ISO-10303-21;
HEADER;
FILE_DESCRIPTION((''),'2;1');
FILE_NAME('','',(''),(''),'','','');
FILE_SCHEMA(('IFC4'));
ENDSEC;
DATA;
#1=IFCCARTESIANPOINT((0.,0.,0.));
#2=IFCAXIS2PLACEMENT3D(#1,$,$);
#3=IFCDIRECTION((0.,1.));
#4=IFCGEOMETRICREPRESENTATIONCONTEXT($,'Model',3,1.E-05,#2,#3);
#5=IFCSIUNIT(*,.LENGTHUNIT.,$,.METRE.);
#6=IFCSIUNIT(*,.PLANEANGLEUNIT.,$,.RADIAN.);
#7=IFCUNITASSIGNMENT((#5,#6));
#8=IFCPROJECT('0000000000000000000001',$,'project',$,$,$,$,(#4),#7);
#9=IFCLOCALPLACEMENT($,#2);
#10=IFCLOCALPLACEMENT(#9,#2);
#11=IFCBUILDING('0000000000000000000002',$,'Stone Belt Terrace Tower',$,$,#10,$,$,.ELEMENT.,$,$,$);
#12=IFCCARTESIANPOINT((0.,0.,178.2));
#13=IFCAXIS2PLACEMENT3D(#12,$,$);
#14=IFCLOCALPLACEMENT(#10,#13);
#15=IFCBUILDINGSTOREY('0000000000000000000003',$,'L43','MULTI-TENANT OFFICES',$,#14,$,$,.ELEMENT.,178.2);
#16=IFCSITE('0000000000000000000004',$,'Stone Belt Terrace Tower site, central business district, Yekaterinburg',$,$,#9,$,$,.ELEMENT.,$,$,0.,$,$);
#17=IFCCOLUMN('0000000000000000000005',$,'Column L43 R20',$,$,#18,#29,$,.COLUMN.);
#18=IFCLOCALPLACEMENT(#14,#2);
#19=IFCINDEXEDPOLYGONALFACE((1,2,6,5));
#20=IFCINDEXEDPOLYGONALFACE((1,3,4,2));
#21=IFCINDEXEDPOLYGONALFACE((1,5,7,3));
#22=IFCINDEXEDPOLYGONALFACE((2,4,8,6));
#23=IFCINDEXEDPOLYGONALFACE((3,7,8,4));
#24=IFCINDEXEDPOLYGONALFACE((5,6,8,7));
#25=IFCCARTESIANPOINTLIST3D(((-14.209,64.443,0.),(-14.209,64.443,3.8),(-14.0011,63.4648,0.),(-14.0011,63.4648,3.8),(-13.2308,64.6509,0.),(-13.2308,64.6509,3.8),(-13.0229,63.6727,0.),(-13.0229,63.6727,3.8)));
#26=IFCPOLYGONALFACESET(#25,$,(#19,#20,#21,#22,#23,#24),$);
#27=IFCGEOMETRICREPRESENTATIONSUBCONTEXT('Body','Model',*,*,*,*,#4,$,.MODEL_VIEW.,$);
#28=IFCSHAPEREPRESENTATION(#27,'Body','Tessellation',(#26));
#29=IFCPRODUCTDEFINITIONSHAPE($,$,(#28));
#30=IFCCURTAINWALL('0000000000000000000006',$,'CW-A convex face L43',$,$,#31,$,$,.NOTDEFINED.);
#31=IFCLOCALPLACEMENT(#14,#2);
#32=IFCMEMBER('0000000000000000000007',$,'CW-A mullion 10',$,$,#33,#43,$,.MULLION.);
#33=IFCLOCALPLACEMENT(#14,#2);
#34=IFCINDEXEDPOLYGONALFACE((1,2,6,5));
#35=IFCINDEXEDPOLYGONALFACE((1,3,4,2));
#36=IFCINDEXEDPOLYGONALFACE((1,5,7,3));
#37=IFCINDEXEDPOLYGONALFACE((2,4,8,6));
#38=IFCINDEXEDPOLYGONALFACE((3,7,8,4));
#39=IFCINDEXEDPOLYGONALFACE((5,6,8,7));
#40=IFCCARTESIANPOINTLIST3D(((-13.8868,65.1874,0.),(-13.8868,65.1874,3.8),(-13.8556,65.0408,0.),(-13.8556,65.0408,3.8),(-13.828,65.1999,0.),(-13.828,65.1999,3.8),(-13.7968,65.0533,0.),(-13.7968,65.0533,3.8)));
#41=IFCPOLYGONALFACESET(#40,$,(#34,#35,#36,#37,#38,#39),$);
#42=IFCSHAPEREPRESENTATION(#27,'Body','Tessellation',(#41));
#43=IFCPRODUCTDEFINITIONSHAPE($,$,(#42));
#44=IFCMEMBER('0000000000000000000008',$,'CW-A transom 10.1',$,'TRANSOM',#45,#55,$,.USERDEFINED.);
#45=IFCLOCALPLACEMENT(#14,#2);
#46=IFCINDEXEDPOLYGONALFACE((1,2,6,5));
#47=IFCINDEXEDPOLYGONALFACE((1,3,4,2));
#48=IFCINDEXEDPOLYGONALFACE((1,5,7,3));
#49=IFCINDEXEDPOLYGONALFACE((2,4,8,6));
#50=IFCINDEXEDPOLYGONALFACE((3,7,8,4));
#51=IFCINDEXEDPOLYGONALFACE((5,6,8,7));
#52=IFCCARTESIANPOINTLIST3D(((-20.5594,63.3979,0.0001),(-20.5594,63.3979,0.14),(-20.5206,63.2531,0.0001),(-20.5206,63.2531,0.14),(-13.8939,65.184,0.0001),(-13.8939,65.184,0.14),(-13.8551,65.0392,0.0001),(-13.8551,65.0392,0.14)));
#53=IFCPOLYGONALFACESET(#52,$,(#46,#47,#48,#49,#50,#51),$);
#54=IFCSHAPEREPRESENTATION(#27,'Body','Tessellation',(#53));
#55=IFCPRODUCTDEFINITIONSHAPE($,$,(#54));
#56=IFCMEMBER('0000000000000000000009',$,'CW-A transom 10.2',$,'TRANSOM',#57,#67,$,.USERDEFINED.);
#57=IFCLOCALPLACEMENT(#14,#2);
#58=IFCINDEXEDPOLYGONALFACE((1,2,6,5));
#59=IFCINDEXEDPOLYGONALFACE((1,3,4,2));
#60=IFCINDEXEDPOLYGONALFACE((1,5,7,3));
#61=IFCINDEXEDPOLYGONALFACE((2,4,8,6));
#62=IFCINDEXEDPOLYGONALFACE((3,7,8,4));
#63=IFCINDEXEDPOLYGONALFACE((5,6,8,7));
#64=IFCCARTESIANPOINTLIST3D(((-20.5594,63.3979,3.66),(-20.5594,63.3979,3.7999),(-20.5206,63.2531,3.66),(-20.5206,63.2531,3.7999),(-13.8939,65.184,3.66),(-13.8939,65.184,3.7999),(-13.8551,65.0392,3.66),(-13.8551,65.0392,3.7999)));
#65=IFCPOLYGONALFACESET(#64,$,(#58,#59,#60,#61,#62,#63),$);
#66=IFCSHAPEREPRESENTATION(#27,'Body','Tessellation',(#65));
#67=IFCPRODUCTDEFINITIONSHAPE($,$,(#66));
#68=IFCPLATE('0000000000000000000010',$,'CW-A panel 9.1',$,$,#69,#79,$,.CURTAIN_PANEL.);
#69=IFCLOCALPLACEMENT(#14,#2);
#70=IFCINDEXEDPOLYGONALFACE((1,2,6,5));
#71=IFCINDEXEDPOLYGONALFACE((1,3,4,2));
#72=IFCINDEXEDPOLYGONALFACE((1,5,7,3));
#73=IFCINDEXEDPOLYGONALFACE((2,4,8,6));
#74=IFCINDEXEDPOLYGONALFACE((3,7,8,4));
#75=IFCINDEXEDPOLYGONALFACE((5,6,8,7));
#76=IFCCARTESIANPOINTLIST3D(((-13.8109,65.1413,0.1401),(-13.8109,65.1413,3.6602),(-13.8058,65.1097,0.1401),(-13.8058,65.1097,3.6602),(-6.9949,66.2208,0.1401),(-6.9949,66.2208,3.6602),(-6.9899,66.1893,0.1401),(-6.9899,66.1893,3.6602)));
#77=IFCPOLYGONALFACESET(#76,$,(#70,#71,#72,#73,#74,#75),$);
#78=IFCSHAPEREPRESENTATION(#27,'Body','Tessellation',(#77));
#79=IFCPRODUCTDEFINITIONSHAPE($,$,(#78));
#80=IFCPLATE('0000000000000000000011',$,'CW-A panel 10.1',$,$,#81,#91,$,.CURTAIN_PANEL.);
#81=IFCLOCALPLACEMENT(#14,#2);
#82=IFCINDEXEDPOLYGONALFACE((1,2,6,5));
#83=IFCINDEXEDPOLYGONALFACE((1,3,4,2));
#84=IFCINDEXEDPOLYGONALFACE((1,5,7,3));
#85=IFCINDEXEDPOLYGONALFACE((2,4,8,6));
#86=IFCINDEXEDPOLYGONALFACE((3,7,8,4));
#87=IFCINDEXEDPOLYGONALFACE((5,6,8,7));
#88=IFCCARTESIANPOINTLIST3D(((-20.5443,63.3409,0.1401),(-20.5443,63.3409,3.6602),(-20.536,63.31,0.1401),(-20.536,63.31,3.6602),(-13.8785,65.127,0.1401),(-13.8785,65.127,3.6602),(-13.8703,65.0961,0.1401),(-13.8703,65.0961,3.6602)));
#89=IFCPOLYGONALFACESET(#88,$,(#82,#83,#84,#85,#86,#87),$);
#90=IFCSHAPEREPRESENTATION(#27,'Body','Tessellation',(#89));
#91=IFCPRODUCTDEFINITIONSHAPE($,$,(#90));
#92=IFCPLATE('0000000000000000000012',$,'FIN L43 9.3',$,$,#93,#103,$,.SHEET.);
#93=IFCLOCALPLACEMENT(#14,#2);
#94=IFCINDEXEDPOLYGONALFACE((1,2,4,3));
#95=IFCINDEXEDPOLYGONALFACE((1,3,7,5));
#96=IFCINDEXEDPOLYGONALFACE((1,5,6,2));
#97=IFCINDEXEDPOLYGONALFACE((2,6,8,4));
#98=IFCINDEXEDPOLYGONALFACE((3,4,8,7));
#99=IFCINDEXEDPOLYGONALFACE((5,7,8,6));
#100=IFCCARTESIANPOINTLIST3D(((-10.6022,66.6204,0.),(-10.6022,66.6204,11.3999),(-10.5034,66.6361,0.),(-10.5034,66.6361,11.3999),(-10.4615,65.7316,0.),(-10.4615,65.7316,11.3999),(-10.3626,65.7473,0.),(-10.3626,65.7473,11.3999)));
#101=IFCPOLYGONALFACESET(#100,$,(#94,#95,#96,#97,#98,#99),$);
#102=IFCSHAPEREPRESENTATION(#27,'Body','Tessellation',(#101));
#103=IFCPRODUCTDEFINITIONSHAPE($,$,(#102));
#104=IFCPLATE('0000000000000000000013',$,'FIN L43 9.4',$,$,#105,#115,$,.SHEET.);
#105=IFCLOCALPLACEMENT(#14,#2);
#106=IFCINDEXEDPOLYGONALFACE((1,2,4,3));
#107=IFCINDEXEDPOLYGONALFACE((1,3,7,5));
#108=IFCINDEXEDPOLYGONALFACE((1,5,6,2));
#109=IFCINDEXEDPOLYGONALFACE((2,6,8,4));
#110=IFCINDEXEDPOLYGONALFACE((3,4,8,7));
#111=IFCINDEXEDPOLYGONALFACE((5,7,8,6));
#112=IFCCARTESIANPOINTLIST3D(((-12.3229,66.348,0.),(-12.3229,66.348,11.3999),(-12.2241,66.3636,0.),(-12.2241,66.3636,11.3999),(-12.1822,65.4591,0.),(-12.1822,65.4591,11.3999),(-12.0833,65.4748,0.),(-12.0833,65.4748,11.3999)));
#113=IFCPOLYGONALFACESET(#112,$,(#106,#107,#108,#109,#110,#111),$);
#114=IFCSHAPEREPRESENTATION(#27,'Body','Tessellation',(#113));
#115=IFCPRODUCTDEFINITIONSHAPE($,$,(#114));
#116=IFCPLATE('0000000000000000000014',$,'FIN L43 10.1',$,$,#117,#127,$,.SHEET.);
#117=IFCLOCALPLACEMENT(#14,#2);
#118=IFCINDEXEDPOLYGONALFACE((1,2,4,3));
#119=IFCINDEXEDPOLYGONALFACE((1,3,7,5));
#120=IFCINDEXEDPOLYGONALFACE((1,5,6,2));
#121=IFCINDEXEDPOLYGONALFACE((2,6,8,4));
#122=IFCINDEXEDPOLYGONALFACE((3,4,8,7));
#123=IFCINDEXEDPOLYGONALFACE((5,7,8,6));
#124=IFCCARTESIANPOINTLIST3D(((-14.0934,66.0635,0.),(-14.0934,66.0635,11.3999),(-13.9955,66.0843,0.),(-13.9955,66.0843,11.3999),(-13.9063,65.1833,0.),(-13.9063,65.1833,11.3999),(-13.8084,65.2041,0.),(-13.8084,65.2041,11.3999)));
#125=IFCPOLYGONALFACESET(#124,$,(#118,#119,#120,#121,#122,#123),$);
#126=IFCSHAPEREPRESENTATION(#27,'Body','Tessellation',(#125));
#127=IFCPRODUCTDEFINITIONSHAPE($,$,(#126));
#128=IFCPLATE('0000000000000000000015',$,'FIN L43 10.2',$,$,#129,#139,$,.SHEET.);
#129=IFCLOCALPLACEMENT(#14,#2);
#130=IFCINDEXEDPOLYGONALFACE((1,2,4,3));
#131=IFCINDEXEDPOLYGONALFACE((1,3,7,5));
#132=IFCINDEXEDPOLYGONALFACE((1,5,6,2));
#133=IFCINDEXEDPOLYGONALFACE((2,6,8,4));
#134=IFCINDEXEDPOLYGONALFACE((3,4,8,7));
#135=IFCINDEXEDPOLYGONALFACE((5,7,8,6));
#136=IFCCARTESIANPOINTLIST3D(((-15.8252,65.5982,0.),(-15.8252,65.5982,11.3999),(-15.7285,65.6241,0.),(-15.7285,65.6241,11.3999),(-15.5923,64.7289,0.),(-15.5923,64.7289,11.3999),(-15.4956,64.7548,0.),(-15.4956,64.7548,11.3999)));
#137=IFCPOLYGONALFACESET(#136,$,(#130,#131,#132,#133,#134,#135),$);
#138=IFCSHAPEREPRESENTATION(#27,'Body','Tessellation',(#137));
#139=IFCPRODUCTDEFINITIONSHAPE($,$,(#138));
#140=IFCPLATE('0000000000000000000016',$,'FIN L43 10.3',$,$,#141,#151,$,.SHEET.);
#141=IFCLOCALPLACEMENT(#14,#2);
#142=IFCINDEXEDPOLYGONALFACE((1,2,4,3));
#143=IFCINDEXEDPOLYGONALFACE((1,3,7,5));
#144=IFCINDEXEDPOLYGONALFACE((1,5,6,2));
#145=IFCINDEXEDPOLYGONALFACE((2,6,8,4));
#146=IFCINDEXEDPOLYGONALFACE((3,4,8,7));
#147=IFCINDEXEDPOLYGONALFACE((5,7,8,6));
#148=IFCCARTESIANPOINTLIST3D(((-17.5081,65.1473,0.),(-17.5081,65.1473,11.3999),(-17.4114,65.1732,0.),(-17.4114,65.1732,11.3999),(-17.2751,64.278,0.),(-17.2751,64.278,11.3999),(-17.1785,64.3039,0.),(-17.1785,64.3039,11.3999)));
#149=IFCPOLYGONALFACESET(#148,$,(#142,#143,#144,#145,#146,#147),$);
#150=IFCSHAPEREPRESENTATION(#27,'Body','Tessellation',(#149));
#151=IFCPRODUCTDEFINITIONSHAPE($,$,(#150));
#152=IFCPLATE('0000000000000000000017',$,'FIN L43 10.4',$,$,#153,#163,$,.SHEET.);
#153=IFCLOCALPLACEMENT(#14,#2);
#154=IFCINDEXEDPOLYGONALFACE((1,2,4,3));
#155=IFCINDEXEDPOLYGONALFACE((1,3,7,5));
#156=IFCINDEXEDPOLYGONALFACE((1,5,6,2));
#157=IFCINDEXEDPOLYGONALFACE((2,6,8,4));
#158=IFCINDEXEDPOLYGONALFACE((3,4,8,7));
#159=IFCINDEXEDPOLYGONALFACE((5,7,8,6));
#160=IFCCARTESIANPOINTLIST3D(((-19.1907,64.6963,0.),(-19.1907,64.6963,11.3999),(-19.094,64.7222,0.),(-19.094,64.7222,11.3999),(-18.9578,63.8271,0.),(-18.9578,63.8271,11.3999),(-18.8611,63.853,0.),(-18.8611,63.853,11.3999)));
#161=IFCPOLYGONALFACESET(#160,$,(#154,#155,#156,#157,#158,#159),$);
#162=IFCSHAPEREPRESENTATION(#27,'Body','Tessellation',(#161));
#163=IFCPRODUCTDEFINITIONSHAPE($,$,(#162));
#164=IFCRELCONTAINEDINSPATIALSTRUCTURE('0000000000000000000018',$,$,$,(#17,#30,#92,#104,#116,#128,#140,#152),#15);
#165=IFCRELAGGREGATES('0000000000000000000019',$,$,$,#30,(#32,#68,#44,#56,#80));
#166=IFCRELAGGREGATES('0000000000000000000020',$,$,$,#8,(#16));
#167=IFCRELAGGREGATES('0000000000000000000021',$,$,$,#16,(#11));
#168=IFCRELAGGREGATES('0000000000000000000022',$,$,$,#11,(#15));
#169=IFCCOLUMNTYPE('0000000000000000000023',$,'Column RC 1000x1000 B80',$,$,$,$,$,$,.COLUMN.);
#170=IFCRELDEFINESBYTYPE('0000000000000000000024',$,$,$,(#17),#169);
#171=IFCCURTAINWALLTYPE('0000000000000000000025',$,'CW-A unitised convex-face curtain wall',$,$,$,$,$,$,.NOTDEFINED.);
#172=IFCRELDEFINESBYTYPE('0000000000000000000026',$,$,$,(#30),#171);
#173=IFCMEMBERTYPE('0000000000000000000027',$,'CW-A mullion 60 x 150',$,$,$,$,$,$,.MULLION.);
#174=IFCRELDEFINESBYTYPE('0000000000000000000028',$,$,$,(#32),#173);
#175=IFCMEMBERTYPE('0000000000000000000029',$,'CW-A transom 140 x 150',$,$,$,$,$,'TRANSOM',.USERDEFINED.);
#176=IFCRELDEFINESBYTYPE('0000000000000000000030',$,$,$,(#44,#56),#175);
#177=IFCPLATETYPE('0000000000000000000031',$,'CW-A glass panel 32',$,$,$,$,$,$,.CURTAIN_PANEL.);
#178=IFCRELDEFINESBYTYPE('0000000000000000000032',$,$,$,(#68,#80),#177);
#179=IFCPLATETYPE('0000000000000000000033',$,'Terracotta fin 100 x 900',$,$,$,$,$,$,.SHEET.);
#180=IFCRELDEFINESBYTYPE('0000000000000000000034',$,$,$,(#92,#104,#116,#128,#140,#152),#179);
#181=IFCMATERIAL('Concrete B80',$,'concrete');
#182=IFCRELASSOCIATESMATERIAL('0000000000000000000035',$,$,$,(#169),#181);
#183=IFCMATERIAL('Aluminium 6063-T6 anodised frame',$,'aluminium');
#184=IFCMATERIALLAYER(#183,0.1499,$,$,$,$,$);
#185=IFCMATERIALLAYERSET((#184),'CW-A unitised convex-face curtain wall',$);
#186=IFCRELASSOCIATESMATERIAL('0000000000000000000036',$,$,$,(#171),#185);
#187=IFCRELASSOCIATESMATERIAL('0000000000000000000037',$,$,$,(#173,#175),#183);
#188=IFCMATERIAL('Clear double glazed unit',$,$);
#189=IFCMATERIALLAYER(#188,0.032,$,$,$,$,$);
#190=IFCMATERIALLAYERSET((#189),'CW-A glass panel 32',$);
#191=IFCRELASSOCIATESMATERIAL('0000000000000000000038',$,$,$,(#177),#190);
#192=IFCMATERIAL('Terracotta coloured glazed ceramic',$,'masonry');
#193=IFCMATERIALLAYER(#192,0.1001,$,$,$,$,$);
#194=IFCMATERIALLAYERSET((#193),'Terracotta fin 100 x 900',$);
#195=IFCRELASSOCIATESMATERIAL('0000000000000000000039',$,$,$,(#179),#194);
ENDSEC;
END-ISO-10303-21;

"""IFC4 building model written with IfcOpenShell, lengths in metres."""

from ifc_helpers import new_model, si_unit, direction, frame, origin, origin_2d, place, context, subcontext, project, spatial, rectangle, extrude, material, layer, layer_set, material_profile, profile_set, type_object, element, aggregate, save


model = new_model("IFC4")

# Units and contexts
model_context = context("Model", 3, precision=1e-05, world=origin(), true_north=direction((0.0, 1.0)))
body_context = subcontext(model_context, "Body", "Model", "MODEL_VIEW")
ifc_project = project(units=[si_unit("LENGTHUNIT", "METRE"), si_unit("PLANEANGLEUNIT", "RADIAN")], contexts=[model_context])

# Site, building, storey
site_placement = place(None, origin())
site = spatial("IfcSite", under=ifc_project, at=site_placement, Name="Stone Belt Terrace Tower site, central business district, Yekaterinburg", CompositionType="ELEMENT", RefElevation=0.0)
building_placement = place(site_placement, origin())
building = spatial("IfcBuilding", under=site, at=building_placement, Name="Stone Belt Terrace Tower", CompositionType="ELEMENT")
storey_placement = place(building_placement, frame((0.0, 0.0, 178.2)))
storey = spatial("IfcBuildingStorey", under=building, at=storey_placement, Name="L43", Description="MULTI-TENANT OFFICES", CompositionType="ELEMENT", Elevation=178.2)

# Column
ifc_material_1 = material(Name="Concrete B80", Category="concrete")
ifc_material_profile_1 = material_profile(ifc_material_1, rectangle(XDim=1.0, YDim=1.0, at=origin_2d()), Name="RC 1000x1000")
ifc_profile_set_1 = profile_set([ifc_material_profile_1], Name="Concrete B80")
column_type = type_object("IfcColumnType", Name="Column RC 1000x1000 B80", PredefinedType="COLUMN", material=ifc_profile_set_1)
column_placement = place(storey_placement, frame((-13.616, 64.0579, 0.0), z_axis=(0.0, 0.0, 1.0), x_axis=(0.978148, 0.207912, 0.0)))
element("IfcColumn", 1, at=column_placement, inside=storey, type_object=column_type, Name="Column L43 R20", PredefinedType="COLUMN", context=body_context, shape_type="SweptSolid", body=[
    extrude(rectangle(XDim=1.0, YDim=1.0, at=origin_2d()), origin(), (0.0, 0.0, 1.0), 3.8),
])

# Curtain wall, members, plates
ifc_material_2 = material(Name="Aluminium 6063-T6 anodised frame", Category="aluminium")
ifc_layer_1 = layer(ifc_material_2, 0.1499)
ifc_layer_set_1 = layer_set([ifc_layer_1], Name="CW-A unitised convex-face curtain wall")
curtain_wall_type = type_object("IfcCurtainWallType", Name="CW-A unitised convex-face curtain wall", PredefinedType="NOTDEFINED", material=ifc_layer_set_1)
curtain_wall_placement = place(storey_placement, origin())
curtain_wall = element("IfcCurtainWall", 2, at=curtain_wall_placement, inside=storey, type_object=curtain_wall_type, Name="CW-A convex face L43", PredefinedType="NOTDEFINED")
ifc_material_profile_2 = material_profile(ifc_material_2, rectangle(XDim=0.1499, YDim=0.0601, at=origin_2d()), Name="Aluminium 6063-T6 60x150")
ifc_profile_set_2 = profile_set([ifc_material_profile_2], Name="Aluminium 6063-T6 anodised frame")
member_type_1 = type_object("IfcMemberType", Name="CW-A mullion 60 x 150", PredefinedType="MULLION", material=ifc_profile_set_2)
member_1_placement = place(storey_placement, frame((-13.8418, 65.1204, 0.0), z_axis=(0.0, 0.0, 1.0), x_axis=(0.207912, -0.978148, 0.0)))
member_1 = element("IfcMember", 3, at=member_1_placement, type_object=member_type_1, Name="CW-A mullion 10", PredefinedType="MULLION", context=body_context, shape_type="SweptSolid", body=[
    extrude(rectangle(XDim=0.1499, YDim=0.0601, at=origin_2d()), origin(), (0.0, 0.0, 1.0), 3.8),
])
ifc_material_profile_3 = material_profile(ifc_material_2, rectangle(XDim=0.1499, YDim=0.1399, at=origin_2d()), Name="Aluminium 6063-T6 150x140")
ifc_profile_set_3 = profile_set([ifc_material_profile_3], Name="Aluminium 6063-T6 anodised frame")
member_type_2 = type_object("IfcMemberType", Name="CW-A transom 140 x 150", ElementType="TRANSOM", PredefinedType="USERDEFINED", material=ifc_profile_set_3)
member_2_placement = place(storey_placement, frame((-13.8745, 65.1116, 0.0701), z_axis=(-0.965922, -0.258834, 0.0), x_axis=(0.258834, -0.965922, 0.0)))
member_2 = element("IfcMember", 4, at=member_2_placement, type_object=member_type_2, Name="CW-A transom 10.1", ObjectType="TRANSOM", PredefinedType="USERDEFINED", context=body_context, shape_type="SweptSolid", body=[
    extrude(rectangle(XDim=0.1499, YDim=0.1399, at=origin_2d()), origin(), (0.0, 0.0, 1.0), 6.9006),
])
member_3_placement = place(storey_placement, frame((-13.8745, 65.1116, 3.73), z_axis=(-0.965922, -0.258834, 0.0), x_axis=(0.258834, -0.965922, 0.0)))
member_3 = element("IfcMember", 5, at=member_3_placement, type_object=member_type_2, Name="CW-A transom 10.2", ObjectType="TRANSOM", PredefinedType="USERDEFINED", context=body_context, shape_type="SweptSolid", body=[
    extrude(rectangle(XDim=0.1499, YDim=0.1399, at=origin_2d()), origin(), (0.0, 0.0, 1.0), 6.9006),
])
ifc_material_3 = material(Name="Clear double glazed unit")
ifc_layer_2 = layer(ifc_material_3, 0.032)
ifc_layer_set_2 = layer_set([ifc_layer_2], Name="CW-A glass panel 32")
plate_type_1 = type_object("IfcPlateType", Name="CW-A glass panel 32", PredefinedType="CURTAIN_PANEL", material=ifc_layer_set_2)
plate_1_placement = place(storey_placement, frame((-10.4004, 65.6653, 0.1401), z_axis=(0.0, 0.0, 1.0), x_axis=(-0.987688, -0.156434, 0.0)))
plate_1 = element("IfcPlate", 6, at=plate_1_placement, type_object=plate_type_1, Name="CW-A panel 9.1", PredefinedType="CURTAIN_PANEL", context=body_context, shape_type="SweptSolid", body=[
    extrude(rectangle(XDim=6.9009, YDim=0.032, at=origin_2d()), origin(), (0.0, 0.0, 1.0), 3.52),
])
plate_2_placement = place(storey_placement, frame((-17.2073, 64.2185, 0.1401), z_axis=(0.0, 0.0, 1.0), x_axis=(-0.965926, -0.258819, 0.0)))
plate_2 = element("IfcPlate", 7, at=plate_2_placement, type_object=plate_type_1, Name="CW-A panel 10.1", PredefinedType="CURTAIN_PANEL", context=body_context, shape_type="SweptSolid", body=[
    extrude(rectangle(XDim=6.9009, YDim=0.032, at=origin_2d()), origin(), (0.0, 0.0, 1.0), 3.52),
])
aggregate(curtain_wall, [member_1, plate_1, member_2, member_3, plate_2])

# Plates
ifc_material_4 = material(Name="Terracotta coloured glazed ceramic", Category="masonry")
ifc_layer_3 = layer(ifc_material_4, 0.1001)
ifc_layer_set_3 = layer_set([ifc_layer_3], Name="Terracotta fin 100 x 900")
plate_type_2 = type_object("IfcPlateType", Name="Terracotta fin 100 x 900", PredefinedType="SHEET", material=ifc_layer_set_3)
for number, where, z_axis, x_axis, name in (
    (8, (-10.4824, 66.1838, 0.0), (0.0, 0.0, 1.0), (-0.156434, 0.987688, 0.0), "FIN L43 9.3"),
    (9, (-12.2031, 65.9114, 0.0), (0.0, 0.0, 1.0), (-0.156434, 0.987688, 0.0), "FIN L43 9.4"),
    (10, (-13.9509, 65.6338, 0.0), (0.0, 0.0, 1.0), (-0.207912, 0.978148, 0.0), "FIN L43 10.1"),
    (11, (-15.6604, 65.1765, 0.0), (0.0, 0.0, 1.0), (-0.258819, 0.965926, 0.0), "FIN L43 10.2"),
    (12, (-17.3433, 64.7256, 0.0), (0.0, 0.0, 1.0), (-0.258819, 0.965926, 0.0), "FIN L43 10.3"),
    (13, (-19.0259, 64.2747, 0.0), (0.0, 0.0, 1.0), (-0.258819, 0.965926, 0.0), "FIN L43 10.4"),
):
    element("IfcPlate", number, at=place(storey_placement, frame(where, z_axis=z_axis, x_axis=x_axis)), inside=storey, type_object=plate_type_2, Name=name, PredefinedType="SHEET", context=body_context, shape_type="SweptSolid", body=[
        extrude(rectangle(XDim=0.8999, YDim=0.1001, at=origin_2d()), origin(), (0.0, 0.0, 1.0), 11.3999),
    ])

save(model, "model.ifc")
